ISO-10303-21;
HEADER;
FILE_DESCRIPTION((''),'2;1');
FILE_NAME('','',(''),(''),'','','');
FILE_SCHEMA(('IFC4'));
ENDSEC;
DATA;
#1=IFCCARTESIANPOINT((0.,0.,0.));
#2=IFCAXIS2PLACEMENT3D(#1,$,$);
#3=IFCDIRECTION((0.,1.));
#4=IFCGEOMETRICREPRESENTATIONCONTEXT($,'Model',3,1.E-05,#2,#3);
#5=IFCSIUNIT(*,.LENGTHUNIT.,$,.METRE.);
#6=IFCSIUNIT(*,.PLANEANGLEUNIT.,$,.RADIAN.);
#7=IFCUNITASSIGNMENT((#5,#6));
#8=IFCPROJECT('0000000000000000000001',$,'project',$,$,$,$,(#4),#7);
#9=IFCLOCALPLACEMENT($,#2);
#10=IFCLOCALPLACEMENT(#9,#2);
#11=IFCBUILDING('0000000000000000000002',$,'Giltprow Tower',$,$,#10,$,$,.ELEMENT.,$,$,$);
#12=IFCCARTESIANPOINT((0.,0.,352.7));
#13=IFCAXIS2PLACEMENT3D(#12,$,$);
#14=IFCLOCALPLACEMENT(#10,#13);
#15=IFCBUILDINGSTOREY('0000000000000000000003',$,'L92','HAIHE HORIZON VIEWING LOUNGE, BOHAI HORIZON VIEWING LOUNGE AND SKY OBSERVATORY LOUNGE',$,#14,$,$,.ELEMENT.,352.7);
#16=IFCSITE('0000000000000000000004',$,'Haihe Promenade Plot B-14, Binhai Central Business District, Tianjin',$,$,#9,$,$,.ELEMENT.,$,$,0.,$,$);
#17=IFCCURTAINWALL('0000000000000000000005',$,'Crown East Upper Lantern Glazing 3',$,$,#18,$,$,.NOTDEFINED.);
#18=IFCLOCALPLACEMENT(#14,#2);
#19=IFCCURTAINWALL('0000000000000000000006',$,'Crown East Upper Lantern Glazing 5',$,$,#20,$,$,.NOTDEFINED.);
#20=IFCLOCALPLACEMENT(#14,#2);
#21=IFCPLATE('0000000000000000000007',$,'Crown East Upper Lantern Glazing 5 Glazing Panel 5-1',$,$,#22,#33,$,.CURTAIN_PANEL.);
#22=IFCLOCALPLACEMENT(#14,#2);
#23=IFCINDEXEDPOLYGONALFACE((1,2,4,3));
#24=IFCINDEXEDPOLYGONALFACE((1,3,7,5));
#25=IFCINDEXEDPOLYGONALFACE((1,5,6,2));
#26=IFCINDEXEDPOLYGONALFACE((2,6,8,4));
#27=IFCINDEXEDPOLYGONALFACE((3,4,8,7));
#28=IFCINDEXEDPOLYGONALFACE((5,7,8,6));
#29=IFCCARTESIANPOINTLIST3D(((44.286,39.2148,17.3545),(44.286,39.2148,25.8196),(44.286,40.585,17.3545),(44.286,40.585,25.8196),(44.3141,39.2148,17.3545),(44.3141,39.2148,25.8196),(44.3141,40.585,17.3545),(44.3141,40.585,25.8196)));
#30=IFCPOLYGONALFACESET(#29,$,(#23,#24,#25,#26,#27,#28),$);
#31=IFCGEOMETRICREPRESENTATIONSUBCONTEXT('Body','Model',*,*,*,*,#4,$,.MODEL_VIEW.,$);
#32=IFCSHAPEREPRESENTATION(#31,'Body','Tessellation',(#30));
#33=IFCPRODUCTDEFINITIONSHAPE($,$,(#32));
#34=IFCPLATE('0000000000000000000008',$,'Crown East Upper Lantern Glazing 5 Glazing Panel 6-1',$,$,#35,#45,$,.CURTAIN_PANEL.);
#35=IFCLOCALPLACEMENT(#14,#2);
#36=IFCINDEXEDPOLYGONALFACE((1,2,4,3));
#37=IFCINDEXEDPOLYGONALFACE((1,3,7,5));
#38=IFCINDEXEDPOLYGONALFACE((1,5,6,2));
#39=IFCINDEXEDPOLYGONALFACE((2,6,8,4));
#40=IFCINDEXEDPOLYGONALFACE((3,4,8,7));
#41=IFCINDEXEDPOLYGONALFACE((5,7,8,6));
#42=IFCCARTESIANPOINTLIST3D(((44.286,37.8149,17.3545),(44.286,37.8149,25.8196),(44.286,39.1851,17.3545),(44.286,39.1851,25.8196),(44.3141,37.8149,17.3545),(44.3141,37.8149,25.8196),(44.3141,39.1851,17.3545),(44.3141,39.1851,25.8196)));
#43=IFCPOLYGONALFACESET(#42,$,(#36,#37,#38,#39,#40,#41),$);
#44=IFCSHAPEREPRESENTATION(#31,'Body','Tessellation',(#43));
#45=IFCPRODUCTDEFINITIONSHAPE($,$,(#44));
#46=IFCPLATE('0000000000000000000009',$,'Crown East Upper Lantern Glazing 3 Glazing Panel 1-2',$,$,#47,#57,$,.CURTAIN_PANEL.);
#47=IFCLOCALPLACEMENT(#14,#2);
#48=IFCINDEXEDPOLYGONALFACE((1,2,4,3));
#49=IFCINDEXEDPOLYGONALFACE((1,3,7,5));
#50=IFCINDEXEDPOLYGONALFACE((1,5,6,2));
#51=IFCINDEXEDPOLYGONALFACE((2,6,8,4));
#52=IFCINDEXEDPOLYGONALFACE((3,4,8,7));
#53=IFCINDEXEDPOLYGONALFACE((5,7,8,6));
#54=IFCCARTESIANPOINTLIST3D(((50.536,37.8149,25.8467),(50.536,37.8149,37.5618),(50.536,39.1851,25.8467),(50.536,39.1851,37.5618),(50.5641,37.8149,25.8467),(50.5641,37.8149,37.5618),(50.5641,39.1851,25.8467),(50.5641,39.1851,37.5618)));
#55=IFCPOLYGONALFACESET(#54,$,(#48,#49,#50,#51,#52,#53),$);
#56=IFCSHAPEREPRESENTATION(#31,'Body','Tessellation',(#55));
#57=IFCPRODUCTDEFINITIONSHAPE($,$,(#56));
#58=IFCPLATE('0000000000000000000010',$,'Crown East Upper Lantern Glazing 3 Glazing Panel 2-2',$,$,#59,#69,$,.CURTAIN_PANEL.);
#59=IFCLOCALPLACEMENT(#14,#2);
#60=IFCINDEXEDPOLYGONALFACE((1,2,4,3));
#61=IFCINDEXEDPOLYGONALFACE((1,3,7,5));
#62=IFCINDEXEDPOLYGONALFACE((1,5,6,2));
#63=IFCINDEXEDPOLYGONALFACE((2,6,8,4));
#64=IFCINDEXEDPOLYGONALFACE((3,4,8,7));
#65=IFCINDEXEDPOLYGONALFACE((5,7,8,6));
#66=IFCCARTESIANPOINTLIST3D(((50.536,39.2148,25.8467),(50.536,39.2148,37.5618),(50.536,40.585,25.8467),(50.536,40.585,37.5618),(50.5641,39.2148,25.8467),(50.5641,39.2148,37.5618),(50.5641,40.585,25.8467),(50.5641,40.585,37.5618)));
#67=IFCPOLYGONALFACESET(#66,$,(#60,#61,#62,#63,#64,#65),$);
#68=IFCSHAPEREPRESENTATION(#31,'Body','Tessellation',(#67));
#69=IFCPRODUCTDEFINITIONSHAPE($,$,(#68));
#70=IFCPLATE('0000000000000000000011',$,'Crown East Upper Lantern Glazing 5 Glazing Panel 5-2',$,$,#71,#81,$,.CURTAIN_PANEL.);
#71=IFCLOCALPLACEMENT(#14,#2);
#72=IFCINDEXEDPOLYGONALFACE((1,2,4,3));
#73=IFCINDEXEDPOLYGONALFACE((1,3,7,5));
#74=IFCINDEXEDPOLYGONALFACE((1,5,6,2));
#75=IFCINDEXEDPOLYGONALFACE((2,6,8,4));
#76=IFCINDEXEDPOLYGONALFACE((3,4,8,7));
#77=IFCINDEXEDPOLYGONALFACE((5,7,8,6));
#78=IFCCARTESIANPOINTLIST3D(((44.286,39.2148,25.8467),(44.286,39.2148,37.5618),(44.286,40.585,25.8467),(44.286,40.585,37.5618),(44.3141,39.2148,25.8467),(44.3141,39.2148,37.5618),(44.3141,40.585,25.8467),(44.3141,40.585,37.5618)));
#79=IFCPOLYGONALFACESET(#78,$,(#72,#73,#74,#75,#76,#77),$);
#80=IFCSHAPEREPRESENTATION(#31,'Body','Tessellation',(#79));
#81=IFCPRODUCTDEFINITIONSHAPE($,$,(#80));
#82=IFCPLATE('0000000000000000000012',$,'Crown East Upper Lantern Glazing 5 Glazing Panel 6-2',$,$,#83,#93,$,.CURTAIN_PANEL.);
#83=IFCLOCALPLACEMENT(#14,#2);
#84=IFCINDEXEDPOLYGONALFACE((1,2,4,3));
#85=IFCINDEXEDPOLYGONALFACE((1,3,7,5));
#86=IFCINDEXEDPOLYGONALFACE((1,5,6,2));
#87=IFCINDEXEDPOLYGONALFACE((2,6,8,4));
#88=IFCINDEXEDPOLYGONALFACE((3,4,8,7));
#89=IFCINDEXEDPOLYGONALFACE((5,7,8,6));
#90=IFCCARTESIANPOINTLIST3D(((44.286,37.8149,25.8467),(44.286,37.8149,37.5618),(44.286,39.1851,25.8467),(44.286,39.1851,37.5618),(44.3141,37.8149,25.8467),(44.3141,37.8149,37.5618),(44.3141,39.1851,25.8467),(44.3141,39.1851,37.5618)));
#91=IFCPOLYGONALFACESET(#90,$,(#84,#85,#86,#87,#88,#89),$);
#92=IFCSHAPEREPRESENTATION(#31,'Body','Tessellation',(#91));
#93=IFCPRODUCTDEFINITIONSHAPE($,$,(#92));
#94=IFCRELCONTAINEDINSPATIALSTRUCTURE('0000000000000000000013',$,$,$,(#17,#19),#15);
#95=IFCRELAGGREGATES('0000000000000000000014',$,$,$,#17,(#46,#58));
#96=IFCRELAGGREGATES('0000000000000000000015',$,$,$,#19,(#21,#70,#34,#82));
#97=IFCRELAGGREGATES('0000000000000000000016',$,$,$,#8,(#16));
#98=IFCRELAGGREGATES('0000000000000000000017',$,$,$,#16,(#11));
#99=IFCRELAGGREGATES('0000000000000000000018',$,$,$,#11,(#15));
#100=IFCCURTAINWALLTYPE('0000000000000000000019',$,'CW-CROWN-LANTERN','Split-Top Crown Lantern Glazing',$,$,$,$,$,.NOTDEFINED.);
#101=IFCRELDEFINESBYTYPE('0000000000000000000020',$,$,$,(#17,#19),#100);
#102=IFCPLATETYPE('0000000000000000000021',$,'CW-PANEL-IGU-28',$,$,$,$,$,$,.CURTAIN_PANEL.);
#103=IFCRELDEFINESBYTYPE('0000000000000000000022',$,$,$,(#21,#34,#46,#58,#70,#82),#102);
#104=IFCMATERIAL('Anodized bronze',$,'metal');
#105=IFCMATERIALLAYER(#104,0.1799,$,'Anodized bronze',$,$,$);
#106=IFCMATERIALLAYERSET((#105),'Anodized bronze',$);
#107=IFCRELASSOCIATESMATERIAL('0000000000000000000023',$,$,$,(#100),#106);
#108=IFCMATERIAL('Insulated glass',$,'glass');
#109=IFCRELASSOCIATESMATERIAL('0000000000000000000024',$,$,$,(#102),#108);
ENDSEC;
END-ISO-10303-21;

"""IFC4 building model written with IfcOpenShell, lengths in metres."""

from ifc_helpers import new_model, si_unit, direction, frame, origin, origin_2d, place, context, subcontext, project, spatial, rectangle, extrude, source, transform, mapped, material, layer, layer_set, type_object, element, aggregate, save


model = new_model("IFC4")

# Units and contexts
model_context = context("Model", 3, precision=1e-05, world=origin(), true_north=direction((0.0, 1.0)))
body_context = subcontext(model_context, "Body", "Model", "MODEL_VIEW")
ifc_project = project(units=[si_unit("LENGTHUNIT", "METRE"), si_unit("PLANEANGLEUNIT", "RADIAN")], contexts=[model_context])

# Site, building, storey
site_placement = place(None, origin())
site = spatial("IfcSite", under=ifc_project, at=site_placement, Name="Haihe Promenade Plot B-14, Binhai Central Business District, Tianjin", CompositionType="ELEMENT", RefElevation=0.0)
building_placement = place(site_placement, origin())
building = spatial("IfcBuilding", under=site, at=building_placement, Name="Giltprow Tower", CompositionType="ELEMENT")
storey_placement = place(building_placement, frame((0.0, 0.0, 352.7)))
storey = spatial("IfcBuildingStorey", under=building, at=storey_placement, Name="L92", Description="HAIHE HORIZON VIEWING LOUNGE, BOHAI HORIZON VIEWING LOUNGE AND SKY OBSERVATORY LOUNGE", CompositionType="ELEMENT", Elevation=352.7)

# Curtain walls
ifc_material_1 = material(Name="Anodized bronze", Category="metal")
ifc_layer = layer(ifc_material_1, 0.1799, Name="Anodized bronze")
ifc_layer_set = layer_set([ifc_layer], Name="Anodized bronze")
curtain_wall_type = type_object("IfcCurtainWallType", Name="CW-CROWN-LANTERN", Description="Split-Top Crown Lantern Glazing", PredefinedType="NOTDEFINED", material=ifc_layer_set)
curtain_wall_1_placement = place(storey_placement, origin())
curtain_wall_1 = element("IfcCurtainWall", 1, at=curtain_wall_1_placement, inside=storey, type_object=curtain_wall_type, Name="Crown East Upper Lantern Glazing 3", PredefinedType="NOTDEFINED")
curtain_wall_2_placement = place(storey_placement, origin())
curtain_wall_2 = element("IfcCurtainWall", 2, at=curtain_wall_2_placement, inside=storey, type_object=curtain_wall_type, Name="Crown East Upper Lantern Glazing 5", PredefinedType="NOTDEFINED")

# Shared definitions
ifc_material_2 = material(Name="Insulated glass", Category="glass")
plate_type_1 = type_object("IfcPlateType", Name="CW-PANEL-IGU-28", PredefinedType="CURTAIN_PANEL", material=ifc_material_2)

# Plates
shared_shape_1 = source(origin(), body_context, "Body", "SweptSolid", [
    extrude(rectangle(XDim=1.3701, YDim=0.0281, at=origin_2d()), origin(), (0.0, 0.0, 1.0), 8.4651),
])
plate_1_placement = place(storey_placement, frame((44.3, 39.8999, 17.3545), z_axis=(0.0, 0.0, 1.0), x_axis=(0.0, -1.0, 0.0)))
plate_1 = element("IfcPlate", 3, at=plate_1_placement, type_object=plate_type_1, Name="Crown East Upper Lantern Glazing 5 Glazing Panel 5-1", PredefinedType="CURTAIN_PANEL", context=body_context, shape_type="MappedRepresentation", body=[
    mapped(shared_shape_1, transform((0.0, 0.0, 0.0), x_axis=(1.0, 0.0, 0.0), y_axis=(0.0, 1.0, 0.0), z_axis=(0.0, 0.0, 1.0), scale=1.0)),
])
plate_2_placement = place(storey_placement, frame((44.3, 38.5, 17.3545), z_axis=(0.0, 0.0, 1.0), x_axis=(0.0, -1.0, 0.0)))
plate_2 = element("IfcPlate", 4, at=plate_2_placement, type_object=plate_type_1, Name="Crown East Upper Lantern Glazing 5 Glazing Panel 6-1", PredefinedType="CURTAIN_PANEL", context=body_context, shape_type="MappedRepresentation", body=[
    mapped(shared_shape_1, transform((0.0, 0.0, 0.0), x_axis=(1.0, 0.0, 0.0), y_axis=(0.0, 1.0, 0.0), z_axis=(0.0, 0.0, 1.0), scale=1.0)),
])
shared_shape_2 = source(origin(), body_context, "Body", "SweptSolid", [
    extrude(rectangle(XDim=1.3701, YDim=0.0281, at=origin_2d()), origin(), (0.0, 0.0, 1.0), 11.7151),
])
plate_3_placement = place(storey_placement, frame((50.55, 38.5, 25.8467), z_axis=(0.0, 0.0, 1.0), x_axis=(0.0, 1.0, 0.0)))
plate_3 = element("IfcPlate", 5, at=plate_3_placement, type_object=plate_type_1, Name="Crown East Upper Lantern Glazing 3 Glazing Panel 1-2", PredefinedType="CURTAIN_PANEL", context=body_context, shape_type="MappedRepresentation", body=[
    mapped(shared_shape_2, transform((0.0, 0.0, 0.0), x_axis=(1.0, 0.0, 0.0), y_axis=(0.0, 1.0, 0.0), z_axis=(0.0, 0.0, 1.0), scale=1.0)),
])
plate_4_placement = place(storey_placement, frame((50.55, 39.8999, 25.8467), z_axis=(0.0, 0.0, 1.0), x_axis=(0.0, 1.0, 0.0)))
plate_4 = element("IfcPlate", 6, at=plate_4_placement, type_object=plate_type_1, Name="Crown East Upper Lantern Glazing 3 Glazing Panel 2-2", PredefinedType="CURTAIN_PANEL", context=body_context, shape_type="MappedRepresentation", body=[
    mapped(shared_shape_2, transform((0.0, 0.0, 0.0), x_axis=(1.0, 0.0, 0.0), y_axis=(0.0, 1.0, 0.0), z_axis=(0.0, 0.0, 1.0), scale=1.0)),
])
aggregate(curtain_wall_1, [plate_3, plate_4])
plate_5_placement = place(storey_placement, frame((44.3, 39.8999, 25.8467), z_axis=(0.0, 0.0, 1.0), x_axis=(0.0, -1.0, 0.0)))
plate_5 = element("IfcPlate", 7, at=plate_5_placement, type_object=plate_type_1, Name="Crown East Upper Lantern Glazing 5 Glazing Panel 5-2", PredefinedType="CURTAIN_PANEL", context=body_context, shape_type="MappedRepresentation", body=[
    mapped(shared_shape_2, transform((0.0, 0.0, 0.0), x_axis=(1.0, 0.0, 0.0), y_axis=(0.0, 1.0, 0.0), z_axis=(0.0, 0.0, 1.0), scale=1.0)),
])
plate_6_placement = place(storey_placement, frame((44.3, 38.5, 25.8467), z_axis=(0.0, 0.0, 1.0), x_axis=(0.0, -1.0, 0.0)))
plate_6 = element("IfcPlate", 8, at=plate_6_placement, type_object=plate_type_1, Name="Crown East Upper Lantern Glazing 5 Glazing Panel 6-2", PredefinedType="CURTAIN_PANEL", context=body_context, shape_type="MappedRepresentation", body=[
    mapped(shared_shape_2, transform((0.0, 0.0, 0.0), x_axis=(1.0, 0.0, 0.0), y_axis=(0.0, 1.0, 0.0), z_axis=(0.0, 0.0, 1.0), scale=1.0)),
])
aggregate(curtain_wall_2, [plate_1, plate_5, plate_2, plate_6])

save(model, "model.ifc")
